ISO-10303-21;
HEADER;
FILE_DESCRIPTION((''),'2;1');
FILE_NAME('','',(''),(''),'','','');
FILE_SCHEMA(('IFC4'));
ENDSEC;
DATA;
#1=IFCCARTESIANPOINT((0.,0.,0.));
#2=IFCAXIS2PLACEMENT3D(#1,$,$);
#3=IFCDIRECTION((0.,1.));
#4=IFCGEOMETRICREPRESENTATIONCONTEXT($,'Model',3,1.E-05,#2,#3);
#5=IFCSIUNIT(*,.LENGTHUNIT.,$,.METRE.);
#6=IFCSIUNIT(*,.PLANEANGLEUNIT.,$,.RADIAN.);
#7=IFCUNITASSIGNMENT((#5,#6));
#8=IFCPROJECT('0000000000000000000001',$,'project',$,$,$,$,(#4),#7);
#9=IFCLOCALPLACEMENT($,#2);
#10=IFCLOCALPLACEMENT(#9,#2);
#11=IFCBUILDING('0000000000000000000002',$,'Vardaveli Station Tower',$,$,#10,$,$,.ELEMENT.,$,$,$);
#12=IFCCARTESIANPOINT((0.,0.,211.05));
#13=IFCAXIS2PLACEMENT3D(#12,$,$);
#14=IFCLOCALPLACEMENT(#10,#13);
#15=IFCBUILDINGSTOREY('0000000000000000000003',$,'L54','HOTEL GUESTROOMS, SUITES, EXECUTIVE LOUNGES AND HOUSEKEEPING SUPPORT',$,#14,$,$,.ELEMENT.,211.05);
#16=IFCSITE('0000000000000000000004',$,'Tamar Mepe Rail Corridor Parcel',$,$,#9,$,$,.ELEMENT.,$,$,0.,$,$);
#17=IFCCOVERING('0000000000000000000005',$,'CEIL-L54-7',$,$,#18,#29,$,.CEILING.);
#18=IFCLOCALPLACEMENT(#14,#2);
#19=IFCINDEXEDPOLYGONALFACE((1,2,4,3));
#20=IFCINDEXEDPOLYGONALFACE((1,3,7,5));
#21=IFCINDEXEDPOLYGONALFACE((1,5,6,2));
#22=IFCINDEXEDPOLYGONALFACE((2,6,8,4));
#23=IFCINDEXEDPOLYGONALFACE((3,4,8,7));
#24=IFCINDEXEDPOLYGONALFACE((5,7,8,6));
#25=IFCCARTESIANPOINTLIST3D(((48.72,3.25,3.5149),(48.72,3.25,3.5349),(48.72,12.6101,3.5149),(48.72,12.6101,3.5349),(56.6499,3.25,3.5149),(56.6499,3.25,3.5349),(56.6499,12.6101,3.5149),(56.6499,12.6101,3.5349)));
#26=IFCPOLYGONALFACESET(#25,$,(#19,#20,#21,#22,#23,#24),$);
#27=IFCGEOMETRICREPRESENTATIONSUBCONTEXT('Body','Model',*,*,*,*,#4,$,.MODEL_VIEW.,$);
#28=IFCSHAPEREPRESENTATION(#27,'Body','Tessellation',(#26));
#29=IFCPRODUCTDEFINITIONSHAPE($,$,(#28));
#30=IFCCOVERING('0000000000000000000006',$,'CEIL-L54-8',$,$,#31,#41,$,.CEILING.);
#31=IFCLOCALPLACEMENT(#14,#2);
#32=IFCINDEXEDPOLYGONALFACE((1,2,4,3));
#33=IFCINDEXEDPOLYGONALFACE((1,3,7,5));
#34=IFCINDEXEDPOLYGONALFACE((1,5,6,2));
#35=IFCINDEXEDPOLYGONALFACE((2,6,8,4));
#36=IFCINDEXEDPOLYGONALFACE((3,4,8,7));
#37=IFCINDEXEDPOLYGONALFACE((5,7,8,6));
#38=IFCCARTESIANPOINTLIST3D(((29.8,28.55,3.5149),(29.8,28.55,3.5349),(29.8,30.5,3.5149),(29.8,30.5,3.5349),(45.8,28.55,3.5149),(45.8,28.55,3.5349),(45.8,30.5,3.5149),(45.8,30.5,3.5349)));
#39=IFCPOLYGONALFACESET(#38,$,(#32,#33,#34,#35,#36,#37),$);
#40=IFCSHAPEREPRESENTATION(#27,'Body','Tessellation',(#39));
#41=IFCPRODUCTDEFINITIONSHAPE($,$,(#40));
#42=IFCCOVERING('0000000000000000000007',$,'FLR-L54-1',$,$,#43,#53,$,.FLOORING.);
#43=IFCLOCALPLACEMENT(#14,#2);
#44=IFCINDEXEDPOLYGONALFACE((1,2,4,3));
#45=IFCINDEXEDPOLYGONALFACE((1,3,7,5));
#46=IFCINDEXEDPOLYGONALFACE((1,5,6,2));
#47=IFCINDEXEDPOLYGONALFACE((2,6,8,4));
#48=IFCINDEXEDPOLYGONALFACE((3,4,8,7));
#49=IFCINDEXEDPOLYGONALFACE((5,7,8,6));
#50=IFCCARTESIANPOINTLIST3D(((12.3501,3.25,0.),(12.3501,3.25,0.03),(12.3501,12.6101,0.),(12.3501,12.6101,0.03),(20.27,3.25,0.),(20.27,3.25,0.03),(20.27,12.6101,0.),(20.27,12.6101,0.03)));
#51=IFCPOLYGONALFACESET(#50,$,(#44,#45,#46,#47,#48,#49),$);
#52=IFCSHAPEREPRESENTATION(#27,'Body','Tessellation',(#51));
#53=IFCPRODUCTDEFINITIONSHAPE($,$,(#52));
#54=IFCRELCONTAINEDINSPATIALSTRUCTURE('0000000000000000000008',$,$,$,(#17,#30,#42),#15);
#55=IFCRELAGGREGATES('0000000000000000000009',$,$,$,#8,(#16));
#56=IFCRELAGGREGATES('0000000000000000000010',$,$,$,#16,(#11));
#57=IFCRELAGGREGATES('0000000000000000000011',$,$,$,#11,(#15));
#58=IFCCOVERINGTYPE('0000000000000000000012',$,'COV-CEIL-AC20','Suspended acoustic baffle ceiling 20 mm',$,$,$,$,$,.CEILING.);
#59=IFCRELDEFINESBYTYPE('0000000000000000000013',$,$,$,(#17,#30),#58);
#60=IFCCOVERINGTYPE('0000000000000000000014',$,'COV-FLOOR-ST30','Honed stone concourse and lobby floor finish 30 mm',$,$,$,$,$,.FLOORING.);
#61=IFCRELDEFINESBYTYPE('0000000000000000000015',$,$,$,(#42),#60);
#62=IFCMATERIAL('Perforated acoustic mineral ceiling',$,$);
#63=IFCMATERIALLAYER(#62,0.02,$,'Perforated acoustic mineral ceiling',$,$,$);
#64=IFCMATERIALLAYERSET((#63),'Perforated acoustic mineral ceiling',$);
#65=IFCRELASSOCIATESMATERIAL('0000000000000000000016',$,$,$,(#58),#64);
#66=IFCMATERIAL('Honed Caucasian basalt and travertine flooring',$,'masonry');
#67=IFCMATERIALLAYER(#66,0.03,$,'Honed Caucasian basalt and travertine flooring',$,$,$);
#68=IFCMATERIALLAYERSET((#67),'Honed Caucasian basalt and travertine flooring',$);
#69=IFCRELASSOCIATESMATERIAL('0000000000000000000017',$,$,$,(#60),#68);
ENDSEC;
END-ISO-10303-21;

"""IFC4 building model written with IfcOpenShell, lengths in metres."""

from ifc_helpers import new_model, si_unit, direction, frame, origin, place, context, subcontext, project, spatial, polyline, outline, extrude, material, layer, layer_set, type_object, element, save


model = new_model("IFC4")

# Units and contexts
model_context = context("Model", 3, precision=1e-05, world=origin(), true_north=direction((0.0, 1.0)))
body_context = subcontext(model_context, "Body", "Model", "MODEL_VIEW")
ifc_project = project(units=[si_unit("LENGTHUNIT", "METRE"), si_unit("PLANEANGLEUNIT", "RADIAN")], contexts=[model_context])

# Site, building, storey
site_placement = place(None, origin())
site = spatial("IfcSite", under=ifc_project, at=site_placement, Name="Tamar Mepe Rail Corridor Parcel", CompositionType="ELEMENT", RefElevation=0.0)
building_placement = place(site_placement, origin())
building = spatial("IfcBuilding", under=site, at=building_placement, Name="Vardaveli Station Tower", CompositionType="ELEMENT")
storey_placement = place(building_placement, frame((0.0, 0.0, 211.05)))
storey = spatial("IfcBuildingStorey", under=building, at=storey_placement, Name="L54", Description="HOTEL GUESTROOMS, SUITES, EXECUTIVE LOUNGES AND HOUSEKEEPING SUPPORT", CompositionType="ELEMENT", Elevation=211.05)

# Coverings
ifc_material_1 = material(Name="Perforated acoustic mineral ceiling")
ifc_layer_1 = layer(ifc_material_1, 0.02, Name="Perforated acoustic mineral ceiling")
ifc_layer_set_1 = layer_set([ifc_layer_1], Name="Perforated acoustic mineral ceiling")
covering_type_1 = type_object("IfcCoveringType", Name="COV-CEIL-AC20", Description="Suspended acoustic baffle ceiling 20 mm", PredefinedType="CEILING", material=ifc_layer_set_1)
covering_1_placement = place(storey_placement, frame((0.0, 0.0, 3.5149)))
element("IfcCovering", 1, at=covering_1_placement, inside=storey, type_object=covering_type_1, Name="CEIL-L54-7", PredefinedType="CEILING", context=body_context, shape_type="SweptSolid", body=[
    extrude(outline(polyline([(48.72, 3.25), (56.6499, 3.25), (56.6499, 12.6101), (48.72, 12.6101), (48.72, 3.25)])), origin(), (0.0, 0.0, 1.0), 0.02),
])
covering_2_placement = place(storey_placement, frame((0.0, 0.0, 3.5149)))
element("IfcCovering", 2, at=covering_2_placement, inside=storey, type_object=covering_type_1, Name="CEIL-L54-8", PredefinedType="CEILING", context=body_context, shape_type="SweptSolid", body=[
    extrude(outline(polyline([(29.8, 28.55), (45.8, 28.55), (45.8, 30.5), (29.8, 30.5), (29.8, 28.55)])), origin(), (0.0, 0.0, 1.0), 0.02),
])
ifc_material_2 = material(Name="Honed Caucasian basalt and travertine flooring", Category="masonry")
ifc_layer_2 = layer(ifc_material_2, 0.03, Name="Honed Caucasian basalt and travertine flooring")
ifc_layer_set_2 = layer_set([ifc_layer_2], Name="Honed Caucasian basalt and travertine flooring")
covering_type_2 = type_object("IfcCoveringType", Name="COV-FLOOR-ST30", Description="Honed stone concourse and lobby floor finish 30 mm", PredefinedType="FLOORING", material=ifc_layer_set_2)
covering_3_placement = place(storey_placement, origin())
element("IfcCovering", 3, at=covering_3_placement, inside=storey, type_object=covering_type_2, Name="FLR-L54-1", PredefinedType="FLOORING", context=body_context, shape_type="SweptSolid", body=[
    extrude(outline(polyline([(12.3501, 3.25), (20.27, 3.25), (20.27, 12.6101), (12.3501, 12.6101), (12.3501, 3.25)])), origin(), (0.0, 0.0, 1.0), 0.03),
])

save(model, "model.ifc")
